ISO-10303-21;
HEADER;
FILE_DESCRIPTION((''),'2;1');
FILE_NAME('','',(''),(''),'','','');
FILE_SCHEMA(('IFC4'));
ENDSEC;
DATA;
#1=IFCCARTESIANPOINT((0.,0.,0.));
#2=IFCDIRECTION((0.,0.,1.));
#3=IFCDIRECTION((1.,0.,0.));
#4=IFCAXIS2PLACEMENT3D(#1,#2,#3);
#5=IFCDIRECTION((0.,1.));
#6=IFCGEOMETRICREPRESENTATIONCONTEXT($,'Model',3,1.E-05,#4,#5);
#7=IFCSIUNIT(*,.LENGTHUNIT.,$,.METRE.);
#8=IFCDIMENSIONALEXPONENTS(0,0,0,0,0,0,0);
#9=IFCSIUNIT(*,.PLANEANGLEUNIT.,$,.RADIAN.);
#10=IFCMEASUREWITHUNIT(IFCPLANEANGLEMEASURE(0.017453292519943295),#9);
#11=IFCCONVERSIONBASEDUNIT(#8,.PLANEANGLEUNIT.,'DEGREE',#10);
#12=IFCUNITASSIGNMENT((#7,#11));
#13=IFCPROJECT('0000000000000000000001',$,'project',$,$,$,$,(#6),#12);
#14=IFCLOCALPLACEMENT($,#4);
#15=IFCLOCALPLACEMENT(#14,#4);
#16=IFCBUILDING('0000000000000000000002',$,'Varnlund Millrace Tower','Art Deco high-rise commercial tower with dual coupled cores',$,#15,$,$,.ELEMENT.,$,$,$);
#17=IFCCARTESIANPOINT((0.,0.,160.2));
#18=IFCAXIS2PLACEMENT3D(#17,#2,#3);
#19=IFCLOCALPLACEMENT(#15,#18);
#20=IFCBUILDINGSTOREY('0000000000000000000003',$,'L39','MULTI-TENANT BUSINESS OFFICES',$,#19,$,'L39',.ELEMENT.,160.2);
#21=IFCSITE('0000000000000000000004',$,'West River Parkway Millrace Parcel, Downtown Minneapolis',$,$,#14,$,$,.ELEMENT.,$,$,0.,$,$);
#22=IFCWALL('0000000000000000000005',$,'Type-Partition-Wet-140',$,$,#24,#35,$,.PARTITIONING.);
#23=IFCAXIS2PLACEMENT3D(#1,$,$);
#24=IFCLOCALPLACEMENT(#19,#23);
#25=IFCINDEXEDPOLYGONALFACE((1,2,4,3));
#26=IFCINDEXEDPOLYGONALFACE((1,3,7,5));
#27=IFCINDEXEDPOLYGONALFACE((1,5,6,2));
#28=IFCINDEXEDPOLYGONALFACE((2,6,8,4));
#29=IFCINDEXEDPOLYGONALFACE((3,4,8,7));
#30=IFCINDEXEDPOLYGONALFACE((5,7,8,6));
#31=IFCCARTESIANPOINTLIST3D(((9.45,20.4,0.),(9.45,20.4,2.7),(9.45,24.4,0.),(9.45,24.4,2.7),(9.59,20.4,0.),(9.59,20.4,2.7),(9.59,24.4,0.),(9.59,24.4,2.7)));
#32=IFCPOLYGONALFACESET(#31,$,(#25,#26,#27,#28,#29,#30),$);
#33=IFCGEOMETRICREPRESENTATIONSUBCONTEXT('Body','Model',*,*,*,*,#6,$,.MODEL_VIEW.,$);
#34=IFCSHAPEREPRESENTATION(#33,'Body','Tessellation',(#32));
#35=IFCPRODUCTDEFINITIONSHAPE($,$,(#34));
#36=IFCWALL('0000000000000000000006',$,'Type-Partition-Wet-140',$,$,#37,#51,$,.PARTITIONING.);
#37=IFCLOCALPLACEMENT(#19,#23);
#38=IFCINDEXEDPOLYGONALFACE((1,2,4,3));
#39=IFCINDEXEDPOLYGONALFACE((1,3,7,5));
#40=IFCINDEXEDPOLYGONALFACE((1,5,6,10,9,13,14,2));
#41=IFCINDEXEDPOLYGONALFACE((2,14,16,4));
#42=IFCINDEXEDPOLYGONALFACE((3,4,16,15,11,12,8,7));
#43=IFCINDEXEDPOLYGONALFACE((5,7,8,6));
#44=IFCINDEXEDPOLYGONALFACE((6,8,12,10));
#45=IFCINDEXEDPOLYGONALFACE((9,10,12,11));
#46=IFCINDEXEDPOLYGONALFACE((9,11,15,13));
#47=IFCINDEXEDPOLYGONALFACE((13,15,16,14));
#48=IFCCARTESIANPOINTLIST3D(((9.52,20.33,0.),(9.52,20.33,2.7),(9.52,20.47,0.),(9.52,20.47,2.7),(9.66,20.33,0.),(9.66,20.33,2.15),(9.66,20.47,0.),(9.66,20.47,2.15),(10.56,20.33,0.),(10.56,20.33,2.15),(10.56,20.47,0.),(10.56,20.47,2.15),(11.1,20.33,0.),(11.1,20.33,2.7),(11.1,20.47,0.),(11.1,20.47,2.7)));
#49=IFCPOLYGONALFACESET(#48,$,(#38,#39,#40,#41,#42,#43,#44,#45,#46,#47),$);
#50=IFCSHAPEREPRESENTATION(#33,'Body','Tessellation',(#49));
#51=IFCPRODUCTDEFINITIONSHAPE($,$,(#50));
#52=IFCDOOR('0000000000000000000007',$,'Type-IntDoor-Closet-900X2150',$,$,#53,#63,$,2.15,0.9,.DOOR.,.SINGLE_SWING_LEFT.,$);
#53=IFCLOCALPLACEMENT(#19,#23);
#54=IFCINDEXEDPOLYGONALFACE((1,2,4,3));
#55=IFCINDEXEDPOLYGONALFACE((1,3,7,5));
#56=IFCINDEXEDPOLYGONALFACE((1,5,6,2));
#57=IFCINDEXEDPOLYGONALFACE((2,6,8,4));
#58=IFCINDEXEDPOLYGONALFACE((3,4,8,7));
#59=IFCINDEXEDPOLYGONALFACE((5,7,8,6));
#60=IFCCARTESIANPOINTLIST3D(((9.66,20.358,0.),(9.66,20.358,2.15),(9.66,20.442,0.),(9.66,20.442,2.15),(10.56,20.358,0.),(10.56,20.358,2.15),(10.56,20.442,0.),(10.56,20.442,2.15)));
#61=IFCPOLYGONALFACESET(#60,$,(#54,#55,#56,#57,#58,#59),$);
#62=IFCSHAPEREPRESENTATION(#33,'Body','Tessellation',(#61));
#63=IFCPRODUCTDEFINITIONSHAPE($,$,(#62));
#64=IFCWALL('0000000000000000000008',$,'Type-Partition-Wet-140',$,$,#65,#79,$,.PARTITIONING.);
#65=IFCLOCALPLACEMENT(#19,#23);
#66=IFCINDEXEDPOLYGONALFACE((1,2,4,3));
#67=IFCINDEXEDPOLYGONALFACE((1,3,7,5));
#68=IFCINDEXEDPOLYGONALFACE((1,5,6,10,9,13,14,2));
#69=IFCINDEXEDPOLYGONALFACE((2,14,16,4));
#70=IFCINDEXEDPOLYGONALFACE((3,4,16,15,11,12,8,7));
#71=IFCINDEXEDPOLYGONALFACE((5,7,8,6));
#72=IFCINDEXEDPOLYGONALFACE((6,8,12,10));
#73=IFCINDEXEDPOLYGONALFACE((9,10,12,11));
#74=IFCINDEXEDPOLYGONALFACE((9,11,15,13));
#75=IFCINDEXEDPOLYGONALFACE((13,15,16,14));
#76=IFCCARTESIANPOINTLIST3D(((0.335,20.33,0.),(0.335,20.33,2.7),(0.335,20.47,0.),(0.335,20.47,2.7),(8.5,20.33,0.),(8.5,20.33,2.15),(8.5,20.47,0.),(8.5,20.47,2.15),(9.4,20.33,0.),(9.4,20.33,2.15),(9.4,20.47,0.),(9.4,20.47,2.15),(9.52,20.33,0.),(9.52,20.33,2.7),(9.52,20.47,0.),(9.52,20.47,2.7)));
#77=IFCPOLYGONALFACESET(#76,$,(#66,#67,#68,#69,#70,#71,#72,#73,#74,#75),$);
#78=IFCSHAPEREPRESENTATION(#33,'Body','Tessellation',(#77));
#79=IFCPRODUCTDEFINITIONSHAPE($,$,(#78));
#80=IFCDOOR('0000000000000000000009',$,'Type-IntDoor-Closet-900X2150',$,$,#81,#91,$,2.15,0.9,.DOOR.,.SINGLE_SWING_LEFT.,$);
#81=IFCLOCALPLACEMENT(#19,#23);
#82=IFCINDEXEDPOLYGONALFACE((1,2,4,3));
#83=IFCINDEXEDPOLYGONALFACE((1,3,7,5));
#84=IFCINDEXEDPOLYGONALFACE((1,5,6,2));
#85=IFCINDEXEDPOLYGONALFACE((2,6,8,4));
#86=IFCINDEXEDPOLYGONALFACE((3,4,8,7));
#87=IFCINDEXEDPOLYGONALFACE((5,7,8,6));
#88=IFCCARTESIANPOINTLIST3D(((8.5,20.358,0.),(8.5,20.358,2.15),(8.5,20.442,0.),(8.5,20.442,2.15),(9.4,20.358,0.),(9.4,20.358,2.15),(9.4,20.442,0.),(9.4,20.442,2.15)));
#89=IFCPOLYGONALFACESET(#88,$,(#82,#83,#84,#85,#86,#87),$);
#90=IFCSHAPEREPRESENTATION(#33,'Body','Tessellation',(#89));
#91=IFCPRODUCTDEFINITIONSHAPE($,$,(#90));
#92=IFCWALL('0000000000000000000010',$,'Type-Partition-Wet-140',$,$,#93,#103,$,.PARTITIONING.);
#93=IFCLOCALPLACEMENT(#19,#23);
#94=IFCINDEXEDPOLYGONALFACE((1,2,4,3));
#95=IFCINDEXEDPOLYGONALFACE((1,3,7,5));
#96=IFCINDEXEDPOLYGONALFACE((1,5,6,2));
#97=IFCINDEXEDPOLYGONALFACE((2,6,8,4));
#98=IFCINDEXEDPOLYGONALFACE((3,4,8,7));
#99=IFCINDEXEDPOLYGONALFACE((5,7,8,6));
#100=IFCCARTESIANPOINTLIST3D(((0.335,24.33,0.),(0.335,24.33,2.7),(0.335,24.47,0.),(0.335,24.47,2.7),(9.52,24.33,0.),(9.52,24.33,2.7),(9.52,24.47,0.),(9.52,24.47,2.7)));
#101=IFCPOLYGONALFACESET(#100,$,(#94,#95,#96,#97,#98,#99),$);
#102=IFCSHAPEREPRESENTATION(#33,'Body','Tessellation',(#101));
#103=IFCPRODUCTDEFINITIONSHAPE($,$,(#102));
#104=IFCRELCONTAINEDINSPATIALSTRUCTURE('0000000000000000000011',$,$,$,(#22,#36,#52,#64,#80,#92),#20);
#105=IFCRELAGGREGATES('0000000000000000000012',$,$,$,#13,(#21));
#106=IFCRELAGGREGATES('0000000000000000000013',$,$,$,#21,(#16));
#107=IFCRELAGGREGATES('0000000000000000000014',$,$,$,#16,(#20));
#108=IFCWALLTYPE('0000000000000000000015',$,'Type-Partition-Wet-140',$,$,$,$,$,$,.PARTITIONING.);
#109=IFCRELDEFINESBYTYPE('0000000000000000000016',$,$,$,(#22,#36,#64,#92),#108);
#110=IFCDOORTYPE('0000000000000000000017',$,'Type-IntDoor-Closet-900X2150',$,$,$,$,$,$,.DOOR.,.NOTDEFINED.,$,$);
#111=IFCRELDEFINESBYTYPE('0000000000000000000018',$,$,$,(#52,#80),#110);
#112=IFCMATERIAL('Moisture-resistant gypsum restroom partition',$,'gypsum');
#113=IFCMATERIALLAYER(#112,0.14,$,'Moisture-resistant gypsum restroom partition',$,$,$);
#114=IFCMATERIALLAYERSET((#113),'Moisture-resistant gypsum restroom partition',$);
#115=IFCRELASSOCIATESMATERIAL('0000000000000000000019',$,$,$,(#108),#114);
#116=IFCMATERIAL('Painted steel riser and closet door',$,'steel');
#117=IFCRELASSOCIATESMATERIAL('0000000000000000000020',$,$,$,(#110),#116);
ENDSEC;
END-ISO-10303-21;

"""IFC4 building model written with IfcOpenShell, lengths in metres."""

from ifc_helpers import new_model, entity, si_unit, converted_unit, direction, frame, origin_with_axes, origin_2d_with_axis, place, context, subcontext, project, spatial, polyline, rectangle, outline, extrude, material, layer, layer_set, type_object, element, fill, save


model = new_model("IFC4")

# Units and contexts
model_context = context("Model", 3, precision=1e-05, world=origin_with_axes(), true_north=direction((0.0, 1.0)))
body_context = subcontext(model_context, "Body", "Model", "MODEL_VIEW")
ifc_project = project(units=[si_unit("LENGTHUNIT", "METRE"), converted_unit("PLANEANGLEUNIT", "DEGREE", entity("IfcPlaneAngleMeasure", 0.017453292519943295), si_unit("PLANEANGLEUNIT", "RADIAN"), dimensions=[0, 0, 0, 0, 0, 0, 0])], contexts=[model_context])

# Site, building, storey
site_placement = place(None, origin_with_axes())
site = spatial("IfcSite", under=ifc_project, at=site_placement, Name="West River Parkway Millrace Parcel, Downtown Minneapolis", CompositionType="ELEMENT", RefElevation=0.0)
building_placement = place(site_placement, origin_with_axes())
building = spatial("IfcBuilding", under=site, at=building_placement, Name="Varnlund Millrace Tower", Description="Art Deco high-rise commercial tower with dual coupled cores", CompositionType="ELEMENT")
storey_placement = place(building_placement, frame((0.0, 0.0, 160.2), z_axis=(0.0, 0.0, 1.0), x_axis=(1.0, 0.0, 0.0)))
storey = spatial("IfcBuildingStorey", under=building, at=storey_placement, Name="L39", Description="MULTI-TENANT BUSINESS OFFICES", LongName="L39", CompositionType="ELEMENT", Elevation=160.2)

# Wall
ifc_material_1 = material(Name="Moisture-resistant gypsum restroom partition", Category="gypsum")
ifc_layer_1 = layer(ifc_material_1, 0.14, Name="Moisture-resistant gypsum restroom partition")
ifc_layer_set_1 = layer_set([ifc_layer_1], Name="Moisture-resistant gypsum restroom partition")
wall_type_1 = type_object("IfcWallType", Name="Type-Partition-Wet-140", PredefinedType="PARTITIONING", material=ifc_layer_set_1)
wall_1_placement = place(storey_placement, frame((9.52, 20.4, 0.0), z_axis=(0.0, 0.0, 1.0), x_axis=(0.0, 1.0, 0.0)))
element("IfcWall", 1, at=wall_1_placement, inside=storey, type_object=wall_type_1, Name="Type-Partition-Wet-140", PredefinedType="PARTITIONING", context=body_context, shape_type="SweptSolid", body=[
    extrude(outline(polyline([(0.0, -0.07), (4.0, -0.07), (4.0, 0.07), (0.0, 0.07), (0.0, -0.07)])), origin_with_axes(), (0.0, 0.0, 1.0), 2.7),
])

# Walls, openings, doors
wall_2_placement = place(storey_placement, frame((9.52, 20.4, 0.0), z_axis=(0.0, 0.0, 1.0), x_axis=(1.0, 0.0, 0.0)))
wall_2 = element("IfcWall", 2, at=wall_2_placement, inside=storey, type_object=wall_type_1, Name="Type-Partition-Wet-140", PredefinedType="PARTITIONING", context=body_context, shape_type="SweptSolid", body=[
    extrude(outline(polyline([(0.0, -0.07), (1.58, -0.07), (1.58, 0.07), (0.0, 0.07), (0.0, -0.07)])), origin_with_axes(), (0.0, 0.0, 1.0), 2.7),
])
opening_1_placement = place(wall_2_placement, frame((0.59, 0.0, 0.0), z_axis=(0.0, 0.0, 1.0), x_axis=(1.0, 0.0, 0.0)))
opening_1 = element("IfcOpeningElement", 3, at=opening_1_placement, cuts=wall_2, PredefinedType="OPENING", context=body_context, shape_type="SweptSolid", body=[
    extrude(rectangle(XDim=0.9, YDim=0.16, at=origin_2d_with_axis()), origin_with_axes(), (0.0, 0.0, 1.0), 2.15),
])
ifc_material_2 = material(Name="Painted steel riser and closet door", Category="steel")
door_type_1 = type_object("IfcDoorType", Name="Type-IntDoor-Closet-900X2150", OperationType="NOTDEFINED", PredefinedType="DOOR", material=ifc_material_2)
door_1_placement = place(wall_2_placement, frame((0.59, 0.0, 0.0), z_axis=(0.0, 0.0, 1.0), x_axis=(1.0, 0.0, 0.0)))
door_1 = element("IfcDoor", 4, at=door_1_placement, inside=storey, type_object=door_type_1, Name="Type-IntDoor-Closet-900X2150", OperationType="SINGLE_SWING_LEFT", OverallHeight=2.15, OverallWidth=0.9, PredefinedType="DOOR", context=body_context, shape_type="SweptSolid", body=[
    extrude(rectangle(XDim=0.9, YDim=0.084, at=origin_2d_with_axis()), origin_with_axes(), (0.0, 0.0, 1.0), 2.15),
])
fill(opening_1, door_1)
wall_3_placement = place(storey_placement, frame((0.335, 20.4, 0.0), z_axis=(0.0, 0.0, 1.0), x_axis=(1.0, 0.0, 0.0)))
wall_3 = element("IfcWall", 5, at=wall_3_placement, inside=storey, type_object=wall_type_1, Name="Type-Partition-Wet-140", PredefinedType="PARTITIONING", context=body_context, shape_type="SweptSolid", body=[
    extrude(outline(polyline([(0.0, -0.07), (9.185, -0.07), (9.185, 0.07), (0.0, 0.07), (0.0, -0.07)])), origin_with_axes(), (0.0, 0.0, 1.0), 2.7),
])
opening_2_placement = place(wall_3_placement, frame((8.615, 0.0, 0.0), z_axis=(0.0, 0.0, 1.0), x_axis=(1.0, 0.0, 0.0)))
opening_2 = element("IfcOpeningElement", 6, at=opening_2_placement, cuts=wall_3, PredefinedType="OPENING", context=body_context, shape_type="SweptSolid", body=[
    extrude(rectangle(XDim=0.9, YDim=0.16, at=origin_2d_with_axis()), origin_with_axes(), (0.0, 0.0, 1.0), 2.15),
])
door_2_placement = place(wall_3_placement, frame((8.615, 0.0, 0.0), z_axis=(0.0, 0.0, 1.0), x_axis=(1.0, 0.0, 0.0)))
door_2 = element("IfcDoor", 7, at=door_2_placement, inside=storey, type_object=door_type_1, Name="Type-IntDoor-Closet-900X2150", OperationType="SINGLE_SWING_LEFT", OverallHeight=2.15, OverallWidth=0.9, PredefinedType="DOOR", context=body_context, shape_type="SweptSolid", body=[
    extrude(rectangle(XDim=0.9, YDim=0.084, at=origin_2d_with_axis()), origin_with_axes(), (0.0, 0.0, 1.0), 2.15),
])
fill(opening_2, door_2)

# Wall
wall_4_placement = place(storey_placement, frame((0.335, 24.4, 0.0), z_axis=(0.0, 0.0, 1.0), x_axis=(1.0, 0.0, 0.0)))
element("IfcWall", 8, at=wall_4_placement, inside=storey, type_object=wall_type_1, Name="Type-Partition-Wet-140", PredefinedType="PARTITIONING", context=body_context, shape_type="SweptSolid", body=[
    extrude(outline(polyline([(0.0, -0.07), (9.185, -0.07), (9.185, 0.07), (0.0, 0.07), (0.0, -0.07)])), origin_with_axes(), (0.0, 0.0, 1.0), 2.7),
])

save(model, "model.ifc")
